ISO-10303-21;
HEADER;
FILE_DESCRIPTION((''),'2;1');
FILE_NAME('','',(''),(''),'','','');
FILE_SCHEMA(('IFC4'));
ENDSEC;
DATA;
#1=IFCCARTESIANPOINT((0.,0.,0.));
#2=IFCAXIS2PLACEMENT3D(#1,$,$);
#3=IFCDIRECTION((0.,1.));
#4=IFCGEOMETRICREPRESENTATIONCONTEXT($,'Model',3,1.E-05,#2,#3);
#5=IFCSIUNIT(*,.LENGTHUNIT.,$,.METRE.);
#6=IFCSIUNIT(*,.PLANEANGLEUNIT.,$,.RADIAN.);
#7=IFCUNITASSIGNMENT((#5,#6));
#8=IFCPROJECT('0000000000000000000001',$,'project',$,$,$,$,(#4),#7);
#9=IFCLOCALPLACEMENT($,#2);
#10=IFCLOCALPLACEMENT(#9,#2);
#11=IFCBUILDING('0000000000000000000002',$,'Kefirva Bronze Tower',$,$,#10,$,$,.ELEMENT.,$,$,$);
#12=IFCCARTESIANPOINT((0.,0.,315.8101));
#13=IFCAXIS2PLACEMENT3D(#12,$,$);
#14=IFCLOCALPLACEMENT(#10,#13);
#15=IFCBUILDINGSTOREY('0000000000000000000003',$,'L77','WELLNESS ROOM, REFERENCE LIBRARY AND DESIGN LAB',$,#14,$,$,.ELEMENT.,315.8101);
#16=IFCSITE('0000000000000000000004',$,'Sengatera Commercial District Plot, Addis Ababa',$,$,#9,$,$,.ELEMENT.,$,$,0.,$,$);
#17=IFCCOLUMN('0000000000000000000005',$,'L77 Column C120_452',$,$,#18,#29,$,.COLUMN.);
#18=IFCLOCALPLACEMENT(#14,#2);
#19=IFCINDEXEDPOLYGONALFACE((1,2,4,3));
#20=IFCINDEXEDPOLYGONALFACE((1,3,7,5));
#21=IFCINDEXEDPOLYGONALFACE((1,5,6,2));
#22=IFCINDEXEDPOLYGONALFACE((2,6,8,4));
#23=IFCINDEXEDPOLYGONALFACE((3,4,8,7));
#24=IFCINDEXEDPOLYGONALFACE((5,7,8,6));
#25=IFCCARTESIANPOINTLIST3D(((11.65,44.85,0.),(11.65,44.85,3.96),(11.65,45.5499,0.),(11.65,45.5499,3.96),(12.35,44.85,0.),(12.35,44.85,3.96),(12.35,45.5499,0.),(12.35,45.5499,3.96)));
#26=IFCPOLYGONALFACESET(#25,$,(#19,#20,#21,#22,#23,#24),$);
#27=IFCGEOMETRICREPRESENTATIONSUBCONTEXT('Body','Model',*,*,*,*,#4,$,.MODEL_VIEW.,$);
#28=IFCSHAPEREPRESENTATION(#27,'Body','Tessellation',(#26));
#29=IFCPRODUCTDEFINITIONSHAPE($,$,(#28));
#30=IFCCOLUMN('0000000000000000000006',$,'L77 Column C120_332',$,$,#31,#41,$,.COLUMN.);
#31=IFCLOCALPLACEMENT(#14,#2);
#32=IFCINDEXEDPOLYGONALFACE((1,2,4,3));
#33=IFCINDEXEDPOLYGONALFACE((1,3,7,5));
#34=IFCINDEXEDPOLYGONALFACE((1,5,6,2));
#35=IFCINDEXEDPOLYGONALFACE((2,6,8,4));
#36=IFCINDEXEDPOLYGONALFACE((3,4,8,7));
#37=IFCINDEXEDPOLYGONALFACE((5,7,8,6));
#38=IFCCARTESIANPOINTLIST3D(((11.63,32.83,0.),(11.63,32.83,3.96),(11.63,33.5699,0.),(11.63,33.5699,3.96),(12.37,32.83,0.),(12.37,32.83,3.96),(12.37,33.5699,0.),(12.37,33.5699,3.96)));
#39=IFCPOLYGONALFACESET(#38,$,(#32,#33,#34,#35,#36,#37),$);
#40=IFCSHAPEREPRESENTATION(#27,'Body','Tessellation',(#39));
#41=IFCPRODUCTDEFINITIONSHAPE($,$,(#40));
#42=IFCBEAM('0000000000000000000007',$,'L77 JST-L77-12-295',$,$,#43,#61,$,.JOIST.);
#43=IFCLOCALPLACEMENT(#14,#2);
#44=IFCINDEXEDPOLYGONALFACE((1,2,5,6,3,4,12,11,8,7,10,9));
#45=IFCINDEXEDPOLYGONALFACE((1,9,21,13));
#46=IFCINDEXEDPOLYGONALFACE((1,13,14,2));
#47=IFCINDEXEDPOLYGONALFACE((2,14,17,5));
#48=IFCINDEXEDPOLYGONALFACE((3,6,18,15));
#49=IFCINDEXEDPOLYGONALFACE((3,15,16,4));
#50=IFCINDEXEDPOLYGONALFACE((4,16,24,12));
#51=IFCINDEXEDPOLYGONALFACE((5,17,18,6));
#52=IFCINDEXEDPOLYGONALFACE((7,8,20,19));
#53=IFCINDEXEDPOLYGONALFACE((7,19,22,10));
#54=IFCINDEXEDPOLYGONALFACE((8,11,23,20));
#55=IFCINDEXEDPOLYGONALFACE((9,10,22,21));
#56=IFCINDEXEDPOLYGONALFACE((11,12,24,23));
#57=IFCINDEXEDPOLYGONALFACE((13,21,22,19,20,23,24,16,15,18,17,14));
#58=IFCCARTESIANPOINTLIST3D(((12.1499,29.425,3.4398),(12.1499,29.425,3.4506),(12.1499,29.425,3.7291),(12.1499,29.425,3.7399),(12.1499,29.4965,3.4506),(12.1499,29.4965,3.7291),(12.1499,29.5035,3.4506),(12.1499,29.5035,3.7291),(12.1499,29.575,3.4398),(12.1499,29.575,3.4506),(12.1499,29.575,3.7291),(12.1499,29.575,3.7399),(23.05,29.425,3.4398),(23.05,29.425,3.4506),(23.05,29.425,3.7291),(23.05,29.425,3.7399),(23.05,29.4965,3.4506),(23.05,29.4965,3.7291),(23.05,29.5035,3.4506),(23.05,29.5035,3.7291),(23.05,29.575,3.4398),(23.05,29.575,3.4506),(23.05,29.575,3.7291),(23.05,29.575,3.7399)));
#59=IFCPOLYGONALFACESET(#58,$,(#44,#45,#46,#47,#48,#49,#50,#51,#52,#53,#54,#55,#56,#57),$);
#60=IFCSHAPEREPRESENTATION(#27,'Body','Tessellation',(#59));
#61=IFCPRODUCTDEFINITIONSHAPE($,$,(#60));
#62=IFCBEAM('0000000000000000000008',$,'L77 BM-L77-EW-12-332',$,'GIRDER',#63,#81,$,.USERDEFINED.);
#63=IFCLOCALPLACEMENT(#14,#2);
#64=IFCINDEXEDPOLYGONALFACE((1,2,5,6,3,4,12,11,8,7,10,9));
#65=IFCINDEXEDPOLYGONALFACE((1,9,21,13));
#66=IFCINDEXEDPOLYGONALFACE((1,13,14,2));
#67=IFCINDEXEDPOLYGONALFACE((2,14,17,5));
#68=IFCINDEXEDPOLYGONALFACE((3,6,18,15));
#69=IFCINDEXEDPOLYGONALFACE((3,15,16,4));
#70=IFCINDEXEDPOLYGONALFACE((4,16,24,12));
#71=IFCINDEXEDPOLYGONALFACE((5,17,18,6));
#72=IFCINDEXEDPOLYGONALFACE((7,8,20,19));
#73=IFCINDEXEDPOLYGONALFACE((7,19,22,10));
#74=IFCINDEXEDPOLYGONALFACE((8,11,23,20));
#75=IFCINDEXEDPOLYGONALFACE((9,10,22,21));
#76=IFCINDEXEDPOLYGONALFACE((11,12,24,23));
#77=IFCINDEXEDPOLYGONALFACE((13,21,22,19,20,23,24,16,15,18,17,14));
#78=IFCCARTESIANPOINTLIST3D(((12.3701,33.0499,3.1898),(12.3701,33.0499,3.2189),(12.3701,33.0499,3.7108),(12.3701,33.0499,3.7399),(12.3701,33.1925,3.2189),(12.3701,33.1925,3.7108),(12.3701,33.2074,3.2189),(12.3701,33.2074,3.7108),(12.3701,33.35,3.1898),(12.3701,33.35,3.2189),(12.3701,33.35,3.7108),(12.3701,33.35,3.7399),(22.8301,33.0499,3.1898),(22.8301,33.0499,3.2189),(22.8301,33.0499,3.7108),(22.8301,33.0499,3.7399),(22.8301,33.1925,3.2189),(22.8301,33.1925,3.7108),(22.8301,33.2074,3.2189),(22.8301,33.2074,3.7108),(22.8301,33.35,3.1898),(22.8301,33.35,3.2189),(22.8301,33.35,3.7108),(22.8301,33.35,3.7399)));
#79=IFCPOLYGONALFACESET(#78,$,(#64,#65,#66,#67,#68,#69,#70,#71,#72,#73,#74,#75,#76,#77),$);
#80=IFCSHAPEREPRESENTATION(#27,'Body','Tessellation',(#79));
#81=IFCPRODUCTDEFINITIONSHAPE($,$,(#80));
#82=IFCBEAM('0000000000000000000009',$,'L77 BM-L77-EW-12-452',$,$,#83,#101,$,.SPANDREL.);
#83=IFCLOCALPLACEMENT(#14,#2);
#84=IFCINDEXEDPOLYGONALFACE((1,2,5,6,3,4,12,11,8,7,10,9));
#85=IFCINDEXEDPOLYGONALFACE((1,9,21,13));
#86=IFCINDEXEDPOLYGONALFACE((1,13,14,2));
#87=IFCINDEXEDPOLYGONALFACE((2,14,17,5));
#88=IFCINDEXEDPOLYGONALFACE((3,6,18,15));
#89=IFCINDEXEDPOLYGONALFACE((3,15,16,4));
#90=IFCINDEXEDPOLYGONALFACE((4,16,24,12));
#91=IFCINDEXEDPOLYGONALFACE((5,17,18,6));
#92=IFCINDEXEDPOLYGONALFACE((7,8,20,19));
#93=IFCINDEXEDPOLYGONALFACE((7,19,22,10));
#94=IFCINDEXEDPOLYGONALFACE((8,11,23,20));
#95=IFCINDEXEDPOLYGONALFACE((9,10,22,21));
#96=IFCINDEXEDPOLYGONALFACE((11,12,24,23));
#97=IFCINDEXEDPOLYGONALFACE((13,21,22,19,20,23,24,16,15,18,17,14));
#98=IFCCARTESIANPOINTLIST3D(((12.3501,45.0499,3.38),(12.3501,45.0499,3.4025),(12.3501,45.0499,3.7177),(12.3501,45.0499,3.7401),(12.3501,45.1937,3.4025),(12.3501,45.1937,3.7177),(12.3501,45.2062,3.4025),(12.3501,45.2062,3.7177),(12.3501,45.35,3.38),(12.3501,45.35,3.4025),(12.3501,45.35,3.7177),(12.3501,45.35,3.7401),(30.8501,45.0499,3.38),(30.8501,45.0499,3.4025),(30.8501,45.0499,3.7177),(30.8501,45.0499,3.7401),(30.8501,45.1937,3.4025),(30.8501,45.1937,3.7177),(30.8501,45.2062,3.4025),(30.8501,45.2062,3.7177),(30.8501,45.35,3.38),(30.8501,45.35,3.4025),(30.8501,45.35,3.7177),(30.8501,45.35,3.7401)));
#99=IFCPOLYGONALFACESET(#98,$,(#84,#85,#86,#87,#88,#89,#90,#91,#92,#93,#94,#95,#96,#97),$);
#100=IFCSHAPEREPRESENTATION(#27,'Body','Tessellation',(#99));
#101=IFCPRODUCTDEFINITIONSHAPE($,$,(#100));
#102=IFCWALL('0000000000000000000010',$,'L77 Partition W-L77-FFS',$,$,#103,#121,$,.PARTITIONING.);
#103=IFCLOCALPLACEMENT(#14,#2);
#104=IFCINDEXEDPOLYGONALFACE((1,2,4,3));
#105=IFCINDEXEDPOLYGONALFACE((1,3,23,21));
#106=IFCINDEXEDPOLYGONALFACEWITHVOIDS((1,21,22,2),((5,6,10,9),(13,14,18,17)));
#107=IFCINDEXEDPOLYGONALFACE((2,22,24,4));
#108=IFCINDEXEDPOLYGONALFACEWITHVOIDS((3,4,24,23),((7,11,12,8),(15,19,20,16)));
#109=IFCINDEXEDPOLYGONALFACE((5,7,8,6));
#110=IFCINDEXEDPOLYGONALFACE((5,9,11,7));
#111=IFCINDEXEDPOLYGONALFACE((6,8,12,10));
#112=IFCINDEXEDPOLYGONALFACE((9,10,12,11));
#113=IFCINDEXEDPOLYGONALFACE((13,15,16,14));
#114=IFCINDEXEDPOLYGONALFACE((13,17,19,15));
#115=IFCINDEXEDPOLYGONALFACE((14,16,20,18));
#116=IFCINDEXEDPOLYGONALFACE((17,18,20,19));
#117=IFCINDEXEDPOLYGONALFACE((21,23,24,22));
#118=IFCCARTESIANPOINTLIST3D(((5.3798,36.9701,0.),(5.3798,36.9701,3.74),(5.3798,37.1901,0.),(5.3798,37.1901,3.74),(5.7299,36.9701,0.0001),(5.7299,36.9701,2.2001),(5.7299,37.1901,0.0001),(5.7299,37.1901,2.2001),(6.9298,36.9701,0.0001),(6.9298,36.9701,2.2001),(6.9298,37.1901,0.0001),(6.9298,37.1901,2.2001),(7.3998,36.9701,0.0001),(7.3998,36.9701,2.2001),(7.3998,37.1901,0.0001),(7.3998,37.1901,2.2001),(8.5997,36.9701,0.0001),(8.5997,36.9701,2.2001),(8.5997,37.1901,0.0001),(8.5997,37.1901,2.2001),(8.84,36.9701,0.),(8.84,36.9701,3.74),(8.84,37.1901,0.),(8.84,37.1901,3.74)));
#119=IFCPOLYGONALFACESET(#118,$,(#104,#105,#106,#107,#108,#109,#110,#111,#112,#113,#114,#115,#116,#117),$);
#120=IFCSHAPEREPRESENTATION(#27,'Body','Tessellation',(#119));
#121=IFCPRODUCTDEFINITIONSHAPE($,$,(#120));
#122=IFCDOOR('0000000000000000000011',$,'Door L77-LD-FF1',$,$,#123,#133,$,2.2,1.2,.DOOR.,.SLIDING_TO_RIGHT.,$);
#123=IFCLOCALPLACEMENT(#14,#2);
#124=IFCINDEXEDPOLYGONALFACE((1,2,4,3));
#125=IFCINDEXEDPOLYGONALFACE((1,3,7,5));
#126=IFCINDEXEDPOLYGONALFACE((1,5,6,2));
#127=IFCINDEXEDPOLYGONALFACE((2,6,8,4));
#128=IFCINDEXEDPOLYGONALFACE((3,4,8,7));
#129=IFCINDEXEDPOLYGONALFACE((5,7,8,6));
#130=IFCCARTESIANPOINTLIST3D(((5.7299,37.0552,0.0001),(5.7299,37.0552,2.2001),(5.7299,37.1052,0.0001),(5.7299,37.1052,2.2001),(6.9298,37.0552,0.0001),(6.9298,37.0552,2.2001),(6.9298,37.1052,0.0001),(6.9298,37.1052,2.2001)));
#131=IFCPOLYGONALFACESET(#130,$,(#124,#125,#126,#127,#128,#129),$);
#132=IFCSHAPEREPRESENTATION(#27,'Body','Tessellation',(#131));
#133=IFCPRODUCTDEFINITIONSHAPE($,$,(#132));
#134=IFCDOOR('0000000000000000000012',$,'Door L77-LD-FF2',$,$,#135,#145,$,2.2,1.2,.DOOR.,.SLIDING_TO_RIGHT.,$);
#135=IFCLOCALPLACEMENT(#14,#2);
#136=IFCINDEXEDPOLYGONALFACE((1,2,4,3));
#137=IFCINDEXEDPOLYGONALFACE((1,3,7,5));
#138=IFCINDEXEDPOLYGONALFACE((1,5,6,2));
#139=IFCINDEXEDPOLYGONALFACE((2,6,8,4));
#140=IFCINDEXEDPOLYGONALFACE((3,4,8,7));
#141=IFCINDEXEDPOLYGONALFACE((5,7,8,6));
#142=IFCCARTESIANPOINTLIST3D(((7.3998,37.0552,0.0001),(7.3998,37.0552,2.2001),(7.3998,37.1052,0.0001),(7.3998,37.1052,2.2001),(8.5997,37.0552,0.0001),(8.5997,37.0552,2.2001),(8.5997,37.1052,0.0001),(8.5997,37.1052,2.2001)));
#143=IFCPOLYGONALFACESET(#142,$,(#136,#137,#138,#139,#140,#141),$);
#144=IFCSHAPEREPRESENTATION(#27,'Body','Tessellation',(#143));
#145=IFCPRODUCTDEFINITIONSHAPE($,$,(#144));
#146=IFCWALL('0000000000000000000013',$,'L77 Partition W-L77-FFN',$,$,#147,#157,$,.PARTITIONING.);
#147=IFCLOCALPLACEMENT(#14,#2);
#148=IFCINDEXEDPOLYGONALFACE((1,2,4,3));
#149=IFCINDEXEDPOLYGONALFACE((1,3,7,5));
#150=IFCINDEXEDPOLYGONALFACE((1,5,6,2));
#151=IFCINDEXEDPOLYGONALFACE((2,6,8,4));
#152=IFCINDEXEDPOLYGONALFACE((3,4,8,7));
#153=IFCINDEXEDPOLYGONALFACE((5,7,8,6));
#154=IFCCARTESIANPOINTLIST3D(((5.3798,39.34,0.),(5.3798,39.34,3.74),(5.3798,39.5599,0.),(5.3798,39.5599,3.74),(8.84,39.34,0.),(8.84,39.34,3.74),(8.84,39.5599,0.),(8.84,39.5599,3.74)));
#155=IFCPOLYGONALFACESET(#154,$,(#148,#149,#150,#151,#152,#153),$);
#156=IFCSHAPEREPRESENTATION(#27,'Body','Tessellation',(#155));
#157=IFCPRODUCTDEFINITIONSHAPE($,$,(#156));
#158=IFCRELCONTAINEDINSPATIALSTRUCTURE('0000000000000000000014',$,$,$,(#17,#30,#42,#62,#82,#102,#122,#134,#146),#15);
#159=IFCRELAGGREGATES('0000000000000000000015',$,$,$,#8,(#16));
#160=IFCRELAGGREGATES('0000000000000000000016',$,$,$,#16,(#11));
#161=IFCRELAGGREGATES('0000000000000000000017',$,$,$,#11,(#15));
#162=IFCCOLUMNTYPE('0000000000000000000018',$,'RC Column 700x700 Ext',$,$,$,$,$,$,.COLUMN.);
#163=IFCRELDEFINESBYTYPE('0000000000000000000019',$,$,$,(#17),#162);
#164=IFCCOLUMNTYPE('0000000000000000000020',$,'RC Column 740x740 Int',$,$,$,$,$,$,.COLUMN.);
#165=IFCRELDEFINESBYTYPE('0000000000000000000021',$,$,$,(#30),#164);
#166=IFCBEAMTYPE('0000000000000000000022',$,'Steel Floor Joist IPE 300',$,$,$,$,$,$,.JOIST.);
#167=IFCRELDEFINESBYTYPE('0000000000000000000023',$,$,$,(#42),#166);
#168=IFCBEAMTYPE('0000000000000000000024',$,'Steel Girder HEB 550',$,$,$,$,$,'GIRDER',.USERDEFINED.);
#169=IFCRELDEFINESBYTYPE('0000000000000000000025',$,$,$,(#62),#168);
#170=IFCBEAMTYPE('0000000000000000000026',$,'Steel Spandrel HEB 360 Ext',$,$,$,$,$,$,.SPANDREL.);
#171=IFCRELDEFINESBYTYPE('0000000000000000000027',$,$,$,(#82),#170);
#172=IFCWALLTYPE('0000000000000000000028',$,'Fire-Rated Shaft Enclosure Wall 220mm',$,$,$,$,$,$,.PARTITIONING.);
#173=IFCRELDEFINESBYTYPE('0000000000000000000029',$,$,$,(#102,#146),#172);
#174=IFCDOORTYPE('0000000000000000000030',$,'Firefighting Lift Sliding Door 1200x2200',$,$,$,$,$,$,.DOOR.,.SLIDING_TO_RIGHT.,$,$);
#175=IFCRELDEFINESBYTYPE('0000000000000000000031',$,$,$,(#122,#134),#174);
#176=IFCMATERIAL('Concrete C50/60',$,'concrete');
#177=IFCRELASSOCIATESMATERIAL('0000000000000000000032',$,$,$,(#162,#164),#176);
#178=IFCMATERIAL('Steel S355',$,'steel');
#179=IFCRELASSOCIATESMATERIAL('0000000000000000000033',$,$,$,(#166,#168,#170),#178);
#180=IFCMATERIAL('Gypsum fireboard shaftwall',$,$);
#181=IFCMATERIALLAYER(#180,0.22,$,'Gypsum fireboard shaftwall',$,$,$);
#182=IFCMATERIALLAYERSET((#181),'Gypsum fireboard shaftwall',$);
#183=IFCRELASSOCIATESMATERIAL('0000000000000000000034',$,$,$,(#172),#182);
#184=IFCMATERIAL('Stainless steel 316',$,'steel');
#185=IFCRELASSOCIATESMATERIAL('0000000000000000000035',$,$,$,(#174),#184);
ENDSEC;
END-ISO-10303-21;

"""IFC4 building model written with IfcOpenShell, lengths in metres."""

from ifc_helpers import new_model, si_unit, direction, frame, frame_2d, origin, origin_2d, place, context, subcontext, project, spatial, rectangle, i_section, extrude, material, layer, layer_set, material_profile, profile_set, type_object, element, fill, save


model = new_model("IFC4")

# Units and contexts
model_context = context("Model", 3, precision=1e-05, world=origin(), true_north=direction((0.0, 1.0)))
body_context = subcontext(model_context, "Body", "Model", "MODEL_VIEW")
ifc_project = project(units=[si_unit("LENGTHUNIT", "METRE"), si_unit("PLANEANGLEUNIT", "RADIAN")], contexts=[model_context])

# Site, building, storey
site_placement = place(None, origin())
site = spatial("IfcSite", under=ifc_project, at=site_placement, Name="Sengatera Commercial District Plot, Addis Ababa", CompositionType="ELEMENT", RefElevation=0.0)
building_placement = place(site_placement, origin())
building = spatial("IfcBuilding", under=site, at=building_placement, Name="Kefirva Bronze Tower", CompositionType="ELEMENT")
storey_placement = place(building_placement, frame((0.0, 0.0, 315.8101)))
storey = spatial("IfcBuildingStorey", under=building, at=storey_placement, Name="L77", Description="WELLNESS ROOM, REFERENCE LIBRARY AND DESIGN LAB", CompositionType="ELEMENT", Elevation=315.8101)

# Columns
ifc_material_1 = material(Name="Concrete C50/60", Category="concrete")
ifc_material_profile_1 = material_profile(ifc_material_1, rectangle(XDim=0.7, YDim=0.7, at=origin_2d()), Name="RC 700x700")
ifc_profile_set_1 = profile_set([ifc_material_profile_1], Name="Concrete C50/60")
column_type_1 = type_object("IfcColumnType", Name="RC Column 700x700 Ext", PredefinedType="COLUMN", material=ifc_profile_set_1)
column_1_placement = place(storey_placement, frame((12.0, 45.2, 0.0), z_axis=(0.0, 0.0, 1.0), x_axis=(1.0, 0.0, 0.0)))
element("IfcColumn", 1, at=column_1_placement, inside=storey, type_object=column_type_1, Name="L77 Column C120_452", PredefinedType="COLUMN", context=body_context, shape_type="SweptSolid", body=[
    extrude(rectangle(XDim=0.7, YDim=0.7, at=origin_2d()), origin(), (0.0, 0.0, 1.0), 3.96),
])
ifc_material_profile_2 = material_profile(ifc_material_1, rectangle(XDim=0.74, YDim=0.74, at=origin_2d()), Name="RC 740x740")
ifc_profile_set_2 = profile_set([ifc_material_profile_2], Name="Concrete C50/60")
column_type_2 = type_object("IfcColumnType", Name="RC Column 740x740 Int", PredefinedType="COLUMN", material=ifc_profile_set_2)
column_2_placement = place(storey_placement, frame((12.0, 33.2, 0.0), z_axis=(0.0, 0.0, 1.0), x_axis=(1.0, 0.0, 0.0)))
element("IfcColumn", 2, at=column_2_placement, inside=storey, type_object=column_type_2, Name="L77 Column C120_332", PredefinedType="COLUMN", context=body_context, shape_type="SweptSolid", body=[
    extrude(rectangle(XDim=0.74, YDim=0.74, at=origin_2d()), origin(), (0.0, 0.0, 1.0), 3.96),
])

# Beams
ifc_material_2 = material(Name="Steel S355", Category="steel")
ifc_material_profile_3 = material_profile(ifc_material_2, i_section(OverallWidth=0.1499, OverallDepth=0.3, WebThickness=0.0071, FlangeThickness=0.0107, at=origin_2d()), Name="IPE 300")
ifc_profile_set_3 = profile_set([ifc_material_profile_3], Name="Steel S355")
beam_type_1 = type_object("IfcBeamType", Name="Steel Floor Joist IPE 300", PredefinedType="JOIST", material=ifc_profile_set_3)
beam_1_placement = place(storey_placement, frame((12.1499, 29.5, 3.5898), z_axis=(1.0, 0.0, 0.0), x_axis=(0.0, 1.0, 0.0)))
element("IfcBeam", 3, at=beam_1_placement, inside=storey, type_object=beam_type_1, Name="L77 JST-L77-12-295", PredefinedType="JOIST", context=body_context, shape_type="SweptSolid", body=[
    extrude(i_section(OverallWidth=0.1499, OverallDepth=0.3, WebThickness=0.0071, FlangeThickness=0.0107, at=origin_2d()), origin(), (0.0, 0.0, 1.0), 10.9001),
])
ifc_material_profile_4 = material_profile(ifc_material_2, i_section(OverallWidth=0.3, OverallDepth=0.55, WebThickness=0.0149, FlangeThickness=0.0291, at=origin_2d()), Name="HEB 550")
ifc_profile_set_4 = profile_set([ifc_material_profile_4], Name="Steel S355")
beam_type_2 = type_object("IfcBeamType", Name="Steel Girder HEB 550", ElementType="GIRDER", PredefinedType="USERDEFINED", material=ifc_profile_set_4)
beam_2_placement = place(storey_placement, frame((12.3701, 33.2, 3.4648), z_axis=(1.0, 0.0, 0.0), x_axis=(0.0, 1.0, 0.0)))
element("IfcBeam", 4, at=beam_2_placement, inside=storey, type_object=beam_type_2, Name="L77 BM-L77-EW-12-332", ObjectType="GIRDER", PredefinedType="USERDEFINED", context=body_context, shape_type="SweptSolid", body=[
    extrude(i_section(OverallWidth=0.3, OverallDepth=0.55, WebThickness=0.0149, FlangeThickness=0.0291, at=origin_2d()), origin(), (0.0, 0.0, 1.0), 10.46),
])
ifc_material_profile_5 = material_profile(ifc_material_2, i_section(OverallWidth=0.3, OverallDepth=0.3601, WebThickness=0.0125, FlangeThickness=0.0225, at=origin_2d()), Name="HEB 360")
ifc_profile_set_5 = profile_set([ifc_material_profile_5], Name="Steel S355")
beam_type_3 = type_object("IfcBeamType", Name="Steel Spandrel HEB 360 Ext", PredefinedType="SPANDREL", material=ifc_profile_set_5)
beam_3_placement = place(storey_placement, frame((12.3501, 45.2, 3.5601), z_axis=(1.0, 0.0, 0.0), x_axis=(0.0, 1.0, 0.0)))
element("IfcBeam", 5, at=beam_3_placement, inside=storey, type_object=beam_type_3, Name="L77 BM-L77-EW-12-452", PredefinedType="SPANDREL", context=body_context, shape_type="SweptSolid", body=[
    extrude(i_section(OverallWidth=0.3, OverallDepth=0.3601, WebThickness=0.0125, FlangeThickness=0.0225, at=origin_2d()), origin(), (0.0, 0.0, 1.0), 18.5),
])

# Wall, openings, doors
ifc_material_3 = material(Name="Gypsum fireboard shaftwall")
ifc_layer_1 = layer(ifc_material_3, 0.22, Name="Gypsum fireboard shaftwall")
ifc_layer_set_1 = layer_set([ifc_layer_1], Name="Gypsum fireboard shaftwall")
wall_type_1 = type_object("IfcWallType", Name="Fire-Rated Shaft Enclosure Wall 220mm", PredefinedType="PARTITIONING", material=ifc_layer_set_1)
wall_1_placement = place(storey_placement, frame((5.3799, 37.0801, 0.0), z_axis=(0.0, 0.0, 1.0), x_axis=(1.0, 0.0, 0.0)))
wall_1 = element("IfcWall", 6, at=wall_1_placement, inside=storey, type_object=wall_type_1, Name="L77 Partition W-L77-FFS", PredefinedType="PARTITIONING", context=body_context, shape_type="SweptSolid", body=[
    extrude(rectangle(XDim=3.4602, YDim=0.22, at=frame_2d((1.73, 0.0))), origin(), (0.0, 0.0, 1.0), 3.74),
])
opening_1_placement = place(wall_1_placement, frame((1.55, 0.0, 0.0), z_axis=(0.0, 0.0, 1.0), x_axis=(-1.0, 0.0, 0.0)))
opening_1 = element("IfcOpeningElement", 7, at=opening_1_placement, cuts=wall_1, PredefinedType="OPENING", context=body_context, shape_type="SweptSolid", body=[
    extrude(rectangle(XDim=1.2, YDim=2.2, at=frame_2d((0.6001, 1.1001))), frame((0.0, 0.1201, 0.0), z_axis=(0.0, -1.0, 0.0), x_axis=(1.0, 0.0, 0.0)), (0.0, 0.0, 1.0), 0.24),
])
opening_2_placement = place(wall_1_placement, frame((3.22, 0.0, 0.0), z_axis=(0.0, 0.0, 1.0), x_axis=(-1.0, 0.0, 0.0)))
opening_2 = element("IfcOpeningElement", 8, at=opening_2_placement, cuts=wall_1, PredefinedType="OPENING", context=body_context, shape_type="SweptSolid", body=[
    extrude(rectangle(XDim=1.2, YDim=2.2, at=frame_2d((0.6001, 1.1001))), frame((0.0, 0.1201, 0.0), z_axis=(0.0, -1.0, 0.0), x_axis=(1.0, 0.0, 0.0)), (0.0, 0.0, 1.0), 0.24),
])
ifc_material_4 = material(Name="Stainless steel 316", Category="steel")
door_type_1 = type_object("IfcDoorType", Name="Firefighting Lift Sliding Door 1200x2200", OperationType="SLIDING_TO_RIGHT", PredefinedType="DOOR", material=ifc_material_4)
door_1_placement = place(opening_1_placement, origin())
door_1 = element("IfcDoor", 9, at=door_1_placement, inside=storey, type_object=door_type_1, Name="Door L77-LD-FF1", OperationType="SLIDING_TO_RIGHT", OverallHeight=2.2, OverallWidth=1.2, PredefinedType="DOOR", context=body_context, shape_type="SweptSolid", body=[
    extrude(rectangle(XDim=1.2, YDim=2.2, at=frame_2d((0.6001, 1.1001))), frame((0.0, 0.0249, 0.0), z_axis=(0.0, -1.0, 0.0), x_axis=(1.0, 0.0, 0.0)), (0.0, 0.0, 1.0), 0.05),
])
fill(opening_1, door_1)
door_2_placement = place(opening_2_placement, origin())
door_2 = element("IfcDoor", 10, at=door_2_placement, inside=storey, type_object=door_type_1, Name="Door L77-LD-FF2", OperationType="SLIDING_TO_RIGHT", OverallHeight=2.2, OverallWidth=1.2, PredefinedType="DOOR", context=body_context, shape_type="SweptSolid", body=[
    extrude(rectangle(XDim=1.2, YDim=2.2, at=frame_2d((0.6001, 1.1001))), frame((0.0, 0.0249, 0.0), z_axis=(0.0, -1.0, 0.0), x_axis=(1.0, 0.0, 0.0)), (0.0, 0.0, 1.0), 0.05),
])
fill(opening_2, door_2)

# Wall
wall_2_placement = place(storey_placement, frame((5.3799, 39.45, 0.0), z_axis=(0.0, 0.0, 1.0), x_axis=(1.0, 0.0, 0.0)))
element("IfcWall", 11, at=wall_2_placement, inside=storey, type_object=wall_type_1, Name="L77 Partition W-L77-FFN", PredefinedType="PARTITIONING", context=body_context, shape_type="SweptSolid", body=[
    extrude(rectangle(XDim=3.4602, YDim=0.22, at=frame_2d((1.73, 0.0))), origin(), (0.0, 0.0, 1.0), 3.74),
])

save(model, "model.ifc")
